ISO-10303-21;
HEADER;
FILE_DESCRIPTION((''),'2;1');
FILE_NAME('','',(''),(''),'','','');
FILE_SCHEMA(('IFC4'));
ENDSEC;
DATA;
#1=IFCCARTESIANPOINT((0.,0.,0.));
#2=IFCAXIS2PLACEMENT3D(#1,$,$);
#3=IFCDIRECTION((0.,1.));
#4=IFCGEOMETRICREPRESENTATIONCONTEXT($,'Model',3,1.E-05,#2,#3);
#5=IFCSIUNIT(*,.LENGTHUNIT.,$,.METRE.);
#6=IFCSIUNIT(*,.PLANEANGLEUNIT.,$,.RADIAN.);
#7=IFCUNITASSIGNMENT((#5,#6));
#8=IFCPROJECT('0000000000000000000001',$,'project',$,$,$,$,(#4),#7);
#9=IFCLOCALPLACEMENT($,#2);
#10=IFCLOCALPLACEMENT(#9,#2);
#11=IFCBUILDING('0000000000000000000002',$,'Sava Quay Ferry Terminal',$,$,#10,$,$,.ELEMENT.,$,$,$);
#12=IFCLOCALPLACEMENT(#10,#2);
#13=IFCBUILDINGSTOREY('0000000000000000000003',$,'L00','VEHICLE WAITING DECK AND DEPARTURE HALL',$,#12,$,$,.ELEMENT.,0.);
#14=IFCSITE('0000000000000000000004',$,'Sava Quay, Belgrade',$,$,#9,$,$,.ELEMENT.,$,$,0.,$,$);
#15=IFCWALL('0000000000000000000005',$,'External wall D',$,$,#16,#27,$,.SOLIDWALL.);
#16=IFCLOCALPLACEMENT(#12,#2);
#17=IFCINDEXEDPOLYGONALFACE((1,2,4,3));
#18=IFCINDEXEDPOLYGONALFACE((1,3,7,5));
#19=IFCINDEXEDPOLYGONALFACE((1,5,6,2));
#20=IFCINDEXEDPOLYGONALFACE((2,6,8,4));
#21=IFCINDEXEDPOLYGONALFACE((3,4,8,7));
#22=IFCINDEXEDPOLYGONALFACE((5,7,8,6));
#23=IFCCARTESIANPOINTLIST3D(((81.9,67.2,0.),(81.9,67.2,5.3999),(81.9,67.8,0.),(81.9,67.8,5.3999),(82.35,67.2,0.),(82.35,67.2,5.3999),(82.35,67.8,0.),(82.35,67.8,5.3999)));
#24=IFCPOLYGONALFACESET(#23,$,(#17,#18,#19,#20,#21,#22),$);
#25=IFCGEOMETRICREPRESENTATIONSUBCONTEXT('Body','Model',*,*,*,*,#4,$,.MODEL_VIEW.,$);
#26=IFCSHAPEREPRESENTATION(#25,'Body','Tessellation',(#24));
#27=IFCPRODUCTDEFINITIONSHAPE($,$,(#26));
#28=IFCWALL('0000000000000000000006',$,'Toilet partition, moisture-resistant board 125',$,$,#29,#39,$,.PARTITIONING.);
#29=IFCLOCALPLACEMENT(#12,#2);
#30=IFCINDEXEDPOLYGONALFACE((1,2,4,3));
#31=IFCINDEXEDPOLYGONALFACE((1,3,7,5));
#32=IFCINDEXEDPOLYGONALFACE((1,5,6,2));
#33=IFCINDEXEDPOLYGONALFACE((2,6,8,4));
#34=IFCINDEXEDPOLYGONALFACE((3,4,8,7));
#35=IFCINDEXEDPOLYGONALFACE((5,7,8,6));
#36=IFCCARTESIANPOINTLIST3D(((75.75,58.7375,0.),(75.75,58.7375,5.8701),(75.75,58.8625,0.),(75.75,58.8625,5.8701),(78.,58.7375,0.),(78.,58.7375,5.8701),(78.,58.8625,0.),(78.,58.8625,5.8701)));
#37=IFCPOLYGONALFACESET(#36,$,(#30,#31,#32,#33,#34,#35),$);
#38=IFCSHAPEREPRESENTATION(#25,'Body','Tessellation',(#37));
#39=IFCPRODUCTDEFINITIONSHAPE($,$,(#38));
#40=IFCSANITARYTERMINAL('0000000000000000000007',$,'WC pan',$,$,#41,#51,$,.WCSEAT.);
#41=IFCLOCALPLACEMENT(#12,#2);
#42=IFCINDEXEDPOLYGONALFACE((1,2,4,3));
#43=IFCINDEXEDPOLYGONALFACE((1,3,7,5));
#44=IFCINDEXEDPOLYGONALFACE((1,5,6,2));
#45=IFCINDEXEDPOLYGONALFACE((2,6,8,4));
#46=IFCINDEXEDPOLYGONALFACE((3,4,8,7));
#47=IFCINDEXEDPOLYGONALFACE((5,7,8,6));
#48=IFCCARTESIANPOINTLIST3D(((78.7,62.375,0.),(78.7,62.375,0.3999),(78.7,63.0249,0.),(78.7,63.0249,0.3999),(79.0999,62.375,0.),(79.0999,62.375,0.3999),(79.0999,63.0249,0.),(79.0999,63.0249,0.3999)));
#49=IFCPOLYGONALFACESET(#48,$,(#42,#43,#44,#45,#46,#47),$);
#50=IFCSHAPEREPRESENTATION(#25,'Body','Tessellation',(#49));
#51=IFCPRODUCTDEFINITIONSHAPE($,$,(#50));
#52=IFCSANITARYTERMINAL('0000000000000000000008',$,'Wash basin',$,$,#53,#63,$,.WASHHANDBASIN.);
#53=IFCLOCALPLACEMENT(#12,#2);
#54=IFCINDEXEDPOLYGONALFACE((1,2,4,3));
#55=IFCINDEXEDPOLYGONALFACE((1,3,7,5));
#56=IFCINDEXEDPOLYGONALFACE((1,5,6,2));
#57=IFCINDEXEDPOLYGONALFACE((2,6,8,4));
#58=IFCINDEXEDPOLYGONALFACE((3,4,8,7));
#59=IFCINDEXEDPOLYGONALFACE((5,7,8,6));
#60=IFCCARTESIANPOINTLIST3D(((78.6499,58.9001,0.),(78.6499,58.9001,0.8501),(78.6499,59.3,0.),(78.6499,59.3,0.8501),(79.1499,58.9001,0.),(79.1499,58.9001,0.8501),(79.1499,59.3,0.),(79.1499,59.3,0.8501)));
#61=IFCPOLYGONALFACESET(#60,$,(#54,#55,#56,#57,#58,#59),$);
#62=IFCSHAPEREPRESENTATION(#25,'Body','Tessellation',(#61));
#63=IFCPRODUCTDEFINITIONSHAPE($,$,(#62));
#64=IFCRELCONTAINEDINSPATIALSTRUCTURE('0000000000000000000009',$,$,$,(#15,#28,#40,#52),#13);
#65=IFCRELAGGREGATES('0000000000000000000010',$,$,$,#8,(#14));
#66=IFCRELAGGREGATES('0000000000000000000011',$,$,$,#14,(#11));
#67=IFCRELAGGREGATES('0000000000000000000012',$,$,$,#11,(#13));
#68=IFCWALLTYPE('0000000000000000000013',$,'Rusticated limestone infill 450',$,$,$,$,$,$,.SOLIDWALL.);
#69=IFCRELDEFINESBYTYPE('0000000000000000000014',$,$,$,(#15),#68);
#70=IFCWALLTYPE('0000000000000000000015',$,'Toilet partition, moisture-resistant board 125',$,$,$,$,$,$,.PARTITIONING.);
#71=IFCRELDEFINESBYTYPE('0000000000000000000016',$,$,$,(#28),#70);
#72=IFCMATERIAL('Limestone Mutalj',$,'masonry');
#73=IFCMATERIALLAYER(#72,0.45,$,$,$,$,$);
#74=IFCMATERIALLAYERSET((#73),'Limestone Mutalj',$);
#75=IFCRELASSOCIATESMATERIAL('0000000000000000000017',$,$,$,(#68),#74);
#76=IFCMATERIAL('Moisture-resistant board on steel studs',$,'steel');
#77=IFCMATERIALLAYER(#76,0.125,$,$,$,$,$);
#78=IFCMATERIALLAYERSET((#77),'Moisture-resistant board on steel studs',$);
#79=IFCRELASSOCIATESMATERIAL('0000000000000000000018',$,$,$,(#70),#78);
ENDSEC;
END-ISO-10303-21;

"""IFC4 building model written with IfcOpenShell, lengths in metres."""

from ifc_helpers import new_model, si_unit, direction, frame, frame_2d, origin, origin_2d, place, context, subcontext, project, spatial, rectangle, extrude, material, layer, layer_set, type_object, element, save


model = new_model("IFC4")

# Units and contexts
model_context = context("Model", 3, precision=1e-05, world=origin(), true_north=direction((0.0, 1.0)))
body_context = subcontext(model_context, "Body", "Model", "MODEL_VIEW")
ifc_project = project(units=[si_unit("LENGTHUNIT", "METRE"), si_unit("PLANEANGLEUNIT", "RADIAN")], contexts=[model_context])

# Site, building, storey
site_placement = place(None, origin())
site = spatial("IfcSite", under=ifc_project, at=site_placement, Name="Sava Quay, Belgrade", CompositionType="ELEMENT", RefElevation=0.0)
building_placement = place(site_placement, origin())
building = spatial("IfcBuilding", under=site, at=building_placement, Name="Sava Quay Ferry Terminal", CompositionType="ELEMENT")
storey_placement = place(building_placement, origin())
storey = spatial("IfcBuildingStorey", under=building, at=storey_placement, Name="L00", Description="VEHICLE WAITING DECK AND DEPARTURE HALL", CompositionType="ELEMENT", Elevation=0.0)

# Walls
ifc_material_1 = material(Name="Limestone Mutalj", Category="masonry")
ifc_layer_1 = layer(ifc_material_1, 0.45)
ifc_layer_set_1 = layer_set([ifc_layer_1], Name="Limestone Mutalj")
wall_type_1 = type_object("IfcWallType", Name="Rusticated limestone infill 450", PredefinedType="SOLIDWALL", material=ifc_layer_set_1)
wall_1_placement = place(storey_placement, frame((82.125, 67.2, 0.0), z_axis=(0.0, 0.0, 1.0), x_axis=(0.0, 1.0, 0.0)))
element("IfcWall", 1, at=wall_1_placement, inside=storey, type_object=wall_type_1, Name="External wall D", PredefinedType="SOLIDWALL", context=body_context, shape_type="SweptSolid", body=[
    extrude(rectangle(XDim=0.6001, YDim=0.45, at=frame_2d((0.3, 0.0))), origin(), (0.0, 0.0, 1.0), 5.3999),
])
ifc_material_2 = material(Name="Moisture-resistant board on steel studs", Category="steel")
ifc_layer_2 = layer(ifc_material_2, 0.125)
ifc_layer_set_2 = layer_set([ifc_layer_2], Name="Moisture-resistant board on steel studs")
wall_type_2 = type_object("IfcWallType", Name="Toilet partition, moisture-resistant board 125", PredefinedType="PARTITIONING", material=ifc_layer_set_2)
wall_2_placement = place(storey_placement, frame((75.75, 58.8, 0.0), z_axis=(0.0, 0.0, 1.0), x_axis=(1.0, 0.0, 0.0)))
element("IfcWall", 2, at=wall_2_placement, inside=storey, type_object=wall_type_2, Name="Toilet partition, moisture-resistant board 125", PredefinedType="PARTITIONING", context=body_context, shape_type="SweptSolid", body=[
    extrude(rectangle(XDim=2.25, YDim=0.125, at=frame_2d((1.125, 0.0))), origin(), (0.0, 0.0, 1.0), 5.8701),
])

# Sanitary terminals
sanitary_terminal_1_placement = place(storey_placement, frame((78.8999, 62.7, 0.0), z_axis=(0.0, 0.0, 1.0), x_axis=(1.0, 0.0, 0.0)))
element("IfcSanitaryTerminal", 3, at=sanitary_terminal_1_placement, inside=storey, Name="WC pan", PredefinedType="WCSEAT", context=body_context, shape_type="SweptSolid", body=[
    extrude(rectangle(XDim=0.3999, YDim=0.6499, at=origin_2d()), origin(), (0.0, 0.0, 1.0), 0.3999),
])
sanitary_terminal_2_placement = place(storey_placement, frame((78.8999, 59.1001, 0.0), z_axis=(0.0, 0.0, 1.0), x_axis=(1.0, 0.0, 0.0)))
element("IfcSanitaryTerminal", 4, at=sanitary_terminal_2_placement, inside=storey, Name="Wash basin", PredefinedType="WASHHANDBASIN", context=body_context, shape_type="SweptSolid", body=[
    extrude(rectangle(XDim=0.5, YDim=0.3999, at=origin_2d()), origin(), (0.0, 0.0, 1.0), 0.8501),
])

save(model, "model.ifc")
